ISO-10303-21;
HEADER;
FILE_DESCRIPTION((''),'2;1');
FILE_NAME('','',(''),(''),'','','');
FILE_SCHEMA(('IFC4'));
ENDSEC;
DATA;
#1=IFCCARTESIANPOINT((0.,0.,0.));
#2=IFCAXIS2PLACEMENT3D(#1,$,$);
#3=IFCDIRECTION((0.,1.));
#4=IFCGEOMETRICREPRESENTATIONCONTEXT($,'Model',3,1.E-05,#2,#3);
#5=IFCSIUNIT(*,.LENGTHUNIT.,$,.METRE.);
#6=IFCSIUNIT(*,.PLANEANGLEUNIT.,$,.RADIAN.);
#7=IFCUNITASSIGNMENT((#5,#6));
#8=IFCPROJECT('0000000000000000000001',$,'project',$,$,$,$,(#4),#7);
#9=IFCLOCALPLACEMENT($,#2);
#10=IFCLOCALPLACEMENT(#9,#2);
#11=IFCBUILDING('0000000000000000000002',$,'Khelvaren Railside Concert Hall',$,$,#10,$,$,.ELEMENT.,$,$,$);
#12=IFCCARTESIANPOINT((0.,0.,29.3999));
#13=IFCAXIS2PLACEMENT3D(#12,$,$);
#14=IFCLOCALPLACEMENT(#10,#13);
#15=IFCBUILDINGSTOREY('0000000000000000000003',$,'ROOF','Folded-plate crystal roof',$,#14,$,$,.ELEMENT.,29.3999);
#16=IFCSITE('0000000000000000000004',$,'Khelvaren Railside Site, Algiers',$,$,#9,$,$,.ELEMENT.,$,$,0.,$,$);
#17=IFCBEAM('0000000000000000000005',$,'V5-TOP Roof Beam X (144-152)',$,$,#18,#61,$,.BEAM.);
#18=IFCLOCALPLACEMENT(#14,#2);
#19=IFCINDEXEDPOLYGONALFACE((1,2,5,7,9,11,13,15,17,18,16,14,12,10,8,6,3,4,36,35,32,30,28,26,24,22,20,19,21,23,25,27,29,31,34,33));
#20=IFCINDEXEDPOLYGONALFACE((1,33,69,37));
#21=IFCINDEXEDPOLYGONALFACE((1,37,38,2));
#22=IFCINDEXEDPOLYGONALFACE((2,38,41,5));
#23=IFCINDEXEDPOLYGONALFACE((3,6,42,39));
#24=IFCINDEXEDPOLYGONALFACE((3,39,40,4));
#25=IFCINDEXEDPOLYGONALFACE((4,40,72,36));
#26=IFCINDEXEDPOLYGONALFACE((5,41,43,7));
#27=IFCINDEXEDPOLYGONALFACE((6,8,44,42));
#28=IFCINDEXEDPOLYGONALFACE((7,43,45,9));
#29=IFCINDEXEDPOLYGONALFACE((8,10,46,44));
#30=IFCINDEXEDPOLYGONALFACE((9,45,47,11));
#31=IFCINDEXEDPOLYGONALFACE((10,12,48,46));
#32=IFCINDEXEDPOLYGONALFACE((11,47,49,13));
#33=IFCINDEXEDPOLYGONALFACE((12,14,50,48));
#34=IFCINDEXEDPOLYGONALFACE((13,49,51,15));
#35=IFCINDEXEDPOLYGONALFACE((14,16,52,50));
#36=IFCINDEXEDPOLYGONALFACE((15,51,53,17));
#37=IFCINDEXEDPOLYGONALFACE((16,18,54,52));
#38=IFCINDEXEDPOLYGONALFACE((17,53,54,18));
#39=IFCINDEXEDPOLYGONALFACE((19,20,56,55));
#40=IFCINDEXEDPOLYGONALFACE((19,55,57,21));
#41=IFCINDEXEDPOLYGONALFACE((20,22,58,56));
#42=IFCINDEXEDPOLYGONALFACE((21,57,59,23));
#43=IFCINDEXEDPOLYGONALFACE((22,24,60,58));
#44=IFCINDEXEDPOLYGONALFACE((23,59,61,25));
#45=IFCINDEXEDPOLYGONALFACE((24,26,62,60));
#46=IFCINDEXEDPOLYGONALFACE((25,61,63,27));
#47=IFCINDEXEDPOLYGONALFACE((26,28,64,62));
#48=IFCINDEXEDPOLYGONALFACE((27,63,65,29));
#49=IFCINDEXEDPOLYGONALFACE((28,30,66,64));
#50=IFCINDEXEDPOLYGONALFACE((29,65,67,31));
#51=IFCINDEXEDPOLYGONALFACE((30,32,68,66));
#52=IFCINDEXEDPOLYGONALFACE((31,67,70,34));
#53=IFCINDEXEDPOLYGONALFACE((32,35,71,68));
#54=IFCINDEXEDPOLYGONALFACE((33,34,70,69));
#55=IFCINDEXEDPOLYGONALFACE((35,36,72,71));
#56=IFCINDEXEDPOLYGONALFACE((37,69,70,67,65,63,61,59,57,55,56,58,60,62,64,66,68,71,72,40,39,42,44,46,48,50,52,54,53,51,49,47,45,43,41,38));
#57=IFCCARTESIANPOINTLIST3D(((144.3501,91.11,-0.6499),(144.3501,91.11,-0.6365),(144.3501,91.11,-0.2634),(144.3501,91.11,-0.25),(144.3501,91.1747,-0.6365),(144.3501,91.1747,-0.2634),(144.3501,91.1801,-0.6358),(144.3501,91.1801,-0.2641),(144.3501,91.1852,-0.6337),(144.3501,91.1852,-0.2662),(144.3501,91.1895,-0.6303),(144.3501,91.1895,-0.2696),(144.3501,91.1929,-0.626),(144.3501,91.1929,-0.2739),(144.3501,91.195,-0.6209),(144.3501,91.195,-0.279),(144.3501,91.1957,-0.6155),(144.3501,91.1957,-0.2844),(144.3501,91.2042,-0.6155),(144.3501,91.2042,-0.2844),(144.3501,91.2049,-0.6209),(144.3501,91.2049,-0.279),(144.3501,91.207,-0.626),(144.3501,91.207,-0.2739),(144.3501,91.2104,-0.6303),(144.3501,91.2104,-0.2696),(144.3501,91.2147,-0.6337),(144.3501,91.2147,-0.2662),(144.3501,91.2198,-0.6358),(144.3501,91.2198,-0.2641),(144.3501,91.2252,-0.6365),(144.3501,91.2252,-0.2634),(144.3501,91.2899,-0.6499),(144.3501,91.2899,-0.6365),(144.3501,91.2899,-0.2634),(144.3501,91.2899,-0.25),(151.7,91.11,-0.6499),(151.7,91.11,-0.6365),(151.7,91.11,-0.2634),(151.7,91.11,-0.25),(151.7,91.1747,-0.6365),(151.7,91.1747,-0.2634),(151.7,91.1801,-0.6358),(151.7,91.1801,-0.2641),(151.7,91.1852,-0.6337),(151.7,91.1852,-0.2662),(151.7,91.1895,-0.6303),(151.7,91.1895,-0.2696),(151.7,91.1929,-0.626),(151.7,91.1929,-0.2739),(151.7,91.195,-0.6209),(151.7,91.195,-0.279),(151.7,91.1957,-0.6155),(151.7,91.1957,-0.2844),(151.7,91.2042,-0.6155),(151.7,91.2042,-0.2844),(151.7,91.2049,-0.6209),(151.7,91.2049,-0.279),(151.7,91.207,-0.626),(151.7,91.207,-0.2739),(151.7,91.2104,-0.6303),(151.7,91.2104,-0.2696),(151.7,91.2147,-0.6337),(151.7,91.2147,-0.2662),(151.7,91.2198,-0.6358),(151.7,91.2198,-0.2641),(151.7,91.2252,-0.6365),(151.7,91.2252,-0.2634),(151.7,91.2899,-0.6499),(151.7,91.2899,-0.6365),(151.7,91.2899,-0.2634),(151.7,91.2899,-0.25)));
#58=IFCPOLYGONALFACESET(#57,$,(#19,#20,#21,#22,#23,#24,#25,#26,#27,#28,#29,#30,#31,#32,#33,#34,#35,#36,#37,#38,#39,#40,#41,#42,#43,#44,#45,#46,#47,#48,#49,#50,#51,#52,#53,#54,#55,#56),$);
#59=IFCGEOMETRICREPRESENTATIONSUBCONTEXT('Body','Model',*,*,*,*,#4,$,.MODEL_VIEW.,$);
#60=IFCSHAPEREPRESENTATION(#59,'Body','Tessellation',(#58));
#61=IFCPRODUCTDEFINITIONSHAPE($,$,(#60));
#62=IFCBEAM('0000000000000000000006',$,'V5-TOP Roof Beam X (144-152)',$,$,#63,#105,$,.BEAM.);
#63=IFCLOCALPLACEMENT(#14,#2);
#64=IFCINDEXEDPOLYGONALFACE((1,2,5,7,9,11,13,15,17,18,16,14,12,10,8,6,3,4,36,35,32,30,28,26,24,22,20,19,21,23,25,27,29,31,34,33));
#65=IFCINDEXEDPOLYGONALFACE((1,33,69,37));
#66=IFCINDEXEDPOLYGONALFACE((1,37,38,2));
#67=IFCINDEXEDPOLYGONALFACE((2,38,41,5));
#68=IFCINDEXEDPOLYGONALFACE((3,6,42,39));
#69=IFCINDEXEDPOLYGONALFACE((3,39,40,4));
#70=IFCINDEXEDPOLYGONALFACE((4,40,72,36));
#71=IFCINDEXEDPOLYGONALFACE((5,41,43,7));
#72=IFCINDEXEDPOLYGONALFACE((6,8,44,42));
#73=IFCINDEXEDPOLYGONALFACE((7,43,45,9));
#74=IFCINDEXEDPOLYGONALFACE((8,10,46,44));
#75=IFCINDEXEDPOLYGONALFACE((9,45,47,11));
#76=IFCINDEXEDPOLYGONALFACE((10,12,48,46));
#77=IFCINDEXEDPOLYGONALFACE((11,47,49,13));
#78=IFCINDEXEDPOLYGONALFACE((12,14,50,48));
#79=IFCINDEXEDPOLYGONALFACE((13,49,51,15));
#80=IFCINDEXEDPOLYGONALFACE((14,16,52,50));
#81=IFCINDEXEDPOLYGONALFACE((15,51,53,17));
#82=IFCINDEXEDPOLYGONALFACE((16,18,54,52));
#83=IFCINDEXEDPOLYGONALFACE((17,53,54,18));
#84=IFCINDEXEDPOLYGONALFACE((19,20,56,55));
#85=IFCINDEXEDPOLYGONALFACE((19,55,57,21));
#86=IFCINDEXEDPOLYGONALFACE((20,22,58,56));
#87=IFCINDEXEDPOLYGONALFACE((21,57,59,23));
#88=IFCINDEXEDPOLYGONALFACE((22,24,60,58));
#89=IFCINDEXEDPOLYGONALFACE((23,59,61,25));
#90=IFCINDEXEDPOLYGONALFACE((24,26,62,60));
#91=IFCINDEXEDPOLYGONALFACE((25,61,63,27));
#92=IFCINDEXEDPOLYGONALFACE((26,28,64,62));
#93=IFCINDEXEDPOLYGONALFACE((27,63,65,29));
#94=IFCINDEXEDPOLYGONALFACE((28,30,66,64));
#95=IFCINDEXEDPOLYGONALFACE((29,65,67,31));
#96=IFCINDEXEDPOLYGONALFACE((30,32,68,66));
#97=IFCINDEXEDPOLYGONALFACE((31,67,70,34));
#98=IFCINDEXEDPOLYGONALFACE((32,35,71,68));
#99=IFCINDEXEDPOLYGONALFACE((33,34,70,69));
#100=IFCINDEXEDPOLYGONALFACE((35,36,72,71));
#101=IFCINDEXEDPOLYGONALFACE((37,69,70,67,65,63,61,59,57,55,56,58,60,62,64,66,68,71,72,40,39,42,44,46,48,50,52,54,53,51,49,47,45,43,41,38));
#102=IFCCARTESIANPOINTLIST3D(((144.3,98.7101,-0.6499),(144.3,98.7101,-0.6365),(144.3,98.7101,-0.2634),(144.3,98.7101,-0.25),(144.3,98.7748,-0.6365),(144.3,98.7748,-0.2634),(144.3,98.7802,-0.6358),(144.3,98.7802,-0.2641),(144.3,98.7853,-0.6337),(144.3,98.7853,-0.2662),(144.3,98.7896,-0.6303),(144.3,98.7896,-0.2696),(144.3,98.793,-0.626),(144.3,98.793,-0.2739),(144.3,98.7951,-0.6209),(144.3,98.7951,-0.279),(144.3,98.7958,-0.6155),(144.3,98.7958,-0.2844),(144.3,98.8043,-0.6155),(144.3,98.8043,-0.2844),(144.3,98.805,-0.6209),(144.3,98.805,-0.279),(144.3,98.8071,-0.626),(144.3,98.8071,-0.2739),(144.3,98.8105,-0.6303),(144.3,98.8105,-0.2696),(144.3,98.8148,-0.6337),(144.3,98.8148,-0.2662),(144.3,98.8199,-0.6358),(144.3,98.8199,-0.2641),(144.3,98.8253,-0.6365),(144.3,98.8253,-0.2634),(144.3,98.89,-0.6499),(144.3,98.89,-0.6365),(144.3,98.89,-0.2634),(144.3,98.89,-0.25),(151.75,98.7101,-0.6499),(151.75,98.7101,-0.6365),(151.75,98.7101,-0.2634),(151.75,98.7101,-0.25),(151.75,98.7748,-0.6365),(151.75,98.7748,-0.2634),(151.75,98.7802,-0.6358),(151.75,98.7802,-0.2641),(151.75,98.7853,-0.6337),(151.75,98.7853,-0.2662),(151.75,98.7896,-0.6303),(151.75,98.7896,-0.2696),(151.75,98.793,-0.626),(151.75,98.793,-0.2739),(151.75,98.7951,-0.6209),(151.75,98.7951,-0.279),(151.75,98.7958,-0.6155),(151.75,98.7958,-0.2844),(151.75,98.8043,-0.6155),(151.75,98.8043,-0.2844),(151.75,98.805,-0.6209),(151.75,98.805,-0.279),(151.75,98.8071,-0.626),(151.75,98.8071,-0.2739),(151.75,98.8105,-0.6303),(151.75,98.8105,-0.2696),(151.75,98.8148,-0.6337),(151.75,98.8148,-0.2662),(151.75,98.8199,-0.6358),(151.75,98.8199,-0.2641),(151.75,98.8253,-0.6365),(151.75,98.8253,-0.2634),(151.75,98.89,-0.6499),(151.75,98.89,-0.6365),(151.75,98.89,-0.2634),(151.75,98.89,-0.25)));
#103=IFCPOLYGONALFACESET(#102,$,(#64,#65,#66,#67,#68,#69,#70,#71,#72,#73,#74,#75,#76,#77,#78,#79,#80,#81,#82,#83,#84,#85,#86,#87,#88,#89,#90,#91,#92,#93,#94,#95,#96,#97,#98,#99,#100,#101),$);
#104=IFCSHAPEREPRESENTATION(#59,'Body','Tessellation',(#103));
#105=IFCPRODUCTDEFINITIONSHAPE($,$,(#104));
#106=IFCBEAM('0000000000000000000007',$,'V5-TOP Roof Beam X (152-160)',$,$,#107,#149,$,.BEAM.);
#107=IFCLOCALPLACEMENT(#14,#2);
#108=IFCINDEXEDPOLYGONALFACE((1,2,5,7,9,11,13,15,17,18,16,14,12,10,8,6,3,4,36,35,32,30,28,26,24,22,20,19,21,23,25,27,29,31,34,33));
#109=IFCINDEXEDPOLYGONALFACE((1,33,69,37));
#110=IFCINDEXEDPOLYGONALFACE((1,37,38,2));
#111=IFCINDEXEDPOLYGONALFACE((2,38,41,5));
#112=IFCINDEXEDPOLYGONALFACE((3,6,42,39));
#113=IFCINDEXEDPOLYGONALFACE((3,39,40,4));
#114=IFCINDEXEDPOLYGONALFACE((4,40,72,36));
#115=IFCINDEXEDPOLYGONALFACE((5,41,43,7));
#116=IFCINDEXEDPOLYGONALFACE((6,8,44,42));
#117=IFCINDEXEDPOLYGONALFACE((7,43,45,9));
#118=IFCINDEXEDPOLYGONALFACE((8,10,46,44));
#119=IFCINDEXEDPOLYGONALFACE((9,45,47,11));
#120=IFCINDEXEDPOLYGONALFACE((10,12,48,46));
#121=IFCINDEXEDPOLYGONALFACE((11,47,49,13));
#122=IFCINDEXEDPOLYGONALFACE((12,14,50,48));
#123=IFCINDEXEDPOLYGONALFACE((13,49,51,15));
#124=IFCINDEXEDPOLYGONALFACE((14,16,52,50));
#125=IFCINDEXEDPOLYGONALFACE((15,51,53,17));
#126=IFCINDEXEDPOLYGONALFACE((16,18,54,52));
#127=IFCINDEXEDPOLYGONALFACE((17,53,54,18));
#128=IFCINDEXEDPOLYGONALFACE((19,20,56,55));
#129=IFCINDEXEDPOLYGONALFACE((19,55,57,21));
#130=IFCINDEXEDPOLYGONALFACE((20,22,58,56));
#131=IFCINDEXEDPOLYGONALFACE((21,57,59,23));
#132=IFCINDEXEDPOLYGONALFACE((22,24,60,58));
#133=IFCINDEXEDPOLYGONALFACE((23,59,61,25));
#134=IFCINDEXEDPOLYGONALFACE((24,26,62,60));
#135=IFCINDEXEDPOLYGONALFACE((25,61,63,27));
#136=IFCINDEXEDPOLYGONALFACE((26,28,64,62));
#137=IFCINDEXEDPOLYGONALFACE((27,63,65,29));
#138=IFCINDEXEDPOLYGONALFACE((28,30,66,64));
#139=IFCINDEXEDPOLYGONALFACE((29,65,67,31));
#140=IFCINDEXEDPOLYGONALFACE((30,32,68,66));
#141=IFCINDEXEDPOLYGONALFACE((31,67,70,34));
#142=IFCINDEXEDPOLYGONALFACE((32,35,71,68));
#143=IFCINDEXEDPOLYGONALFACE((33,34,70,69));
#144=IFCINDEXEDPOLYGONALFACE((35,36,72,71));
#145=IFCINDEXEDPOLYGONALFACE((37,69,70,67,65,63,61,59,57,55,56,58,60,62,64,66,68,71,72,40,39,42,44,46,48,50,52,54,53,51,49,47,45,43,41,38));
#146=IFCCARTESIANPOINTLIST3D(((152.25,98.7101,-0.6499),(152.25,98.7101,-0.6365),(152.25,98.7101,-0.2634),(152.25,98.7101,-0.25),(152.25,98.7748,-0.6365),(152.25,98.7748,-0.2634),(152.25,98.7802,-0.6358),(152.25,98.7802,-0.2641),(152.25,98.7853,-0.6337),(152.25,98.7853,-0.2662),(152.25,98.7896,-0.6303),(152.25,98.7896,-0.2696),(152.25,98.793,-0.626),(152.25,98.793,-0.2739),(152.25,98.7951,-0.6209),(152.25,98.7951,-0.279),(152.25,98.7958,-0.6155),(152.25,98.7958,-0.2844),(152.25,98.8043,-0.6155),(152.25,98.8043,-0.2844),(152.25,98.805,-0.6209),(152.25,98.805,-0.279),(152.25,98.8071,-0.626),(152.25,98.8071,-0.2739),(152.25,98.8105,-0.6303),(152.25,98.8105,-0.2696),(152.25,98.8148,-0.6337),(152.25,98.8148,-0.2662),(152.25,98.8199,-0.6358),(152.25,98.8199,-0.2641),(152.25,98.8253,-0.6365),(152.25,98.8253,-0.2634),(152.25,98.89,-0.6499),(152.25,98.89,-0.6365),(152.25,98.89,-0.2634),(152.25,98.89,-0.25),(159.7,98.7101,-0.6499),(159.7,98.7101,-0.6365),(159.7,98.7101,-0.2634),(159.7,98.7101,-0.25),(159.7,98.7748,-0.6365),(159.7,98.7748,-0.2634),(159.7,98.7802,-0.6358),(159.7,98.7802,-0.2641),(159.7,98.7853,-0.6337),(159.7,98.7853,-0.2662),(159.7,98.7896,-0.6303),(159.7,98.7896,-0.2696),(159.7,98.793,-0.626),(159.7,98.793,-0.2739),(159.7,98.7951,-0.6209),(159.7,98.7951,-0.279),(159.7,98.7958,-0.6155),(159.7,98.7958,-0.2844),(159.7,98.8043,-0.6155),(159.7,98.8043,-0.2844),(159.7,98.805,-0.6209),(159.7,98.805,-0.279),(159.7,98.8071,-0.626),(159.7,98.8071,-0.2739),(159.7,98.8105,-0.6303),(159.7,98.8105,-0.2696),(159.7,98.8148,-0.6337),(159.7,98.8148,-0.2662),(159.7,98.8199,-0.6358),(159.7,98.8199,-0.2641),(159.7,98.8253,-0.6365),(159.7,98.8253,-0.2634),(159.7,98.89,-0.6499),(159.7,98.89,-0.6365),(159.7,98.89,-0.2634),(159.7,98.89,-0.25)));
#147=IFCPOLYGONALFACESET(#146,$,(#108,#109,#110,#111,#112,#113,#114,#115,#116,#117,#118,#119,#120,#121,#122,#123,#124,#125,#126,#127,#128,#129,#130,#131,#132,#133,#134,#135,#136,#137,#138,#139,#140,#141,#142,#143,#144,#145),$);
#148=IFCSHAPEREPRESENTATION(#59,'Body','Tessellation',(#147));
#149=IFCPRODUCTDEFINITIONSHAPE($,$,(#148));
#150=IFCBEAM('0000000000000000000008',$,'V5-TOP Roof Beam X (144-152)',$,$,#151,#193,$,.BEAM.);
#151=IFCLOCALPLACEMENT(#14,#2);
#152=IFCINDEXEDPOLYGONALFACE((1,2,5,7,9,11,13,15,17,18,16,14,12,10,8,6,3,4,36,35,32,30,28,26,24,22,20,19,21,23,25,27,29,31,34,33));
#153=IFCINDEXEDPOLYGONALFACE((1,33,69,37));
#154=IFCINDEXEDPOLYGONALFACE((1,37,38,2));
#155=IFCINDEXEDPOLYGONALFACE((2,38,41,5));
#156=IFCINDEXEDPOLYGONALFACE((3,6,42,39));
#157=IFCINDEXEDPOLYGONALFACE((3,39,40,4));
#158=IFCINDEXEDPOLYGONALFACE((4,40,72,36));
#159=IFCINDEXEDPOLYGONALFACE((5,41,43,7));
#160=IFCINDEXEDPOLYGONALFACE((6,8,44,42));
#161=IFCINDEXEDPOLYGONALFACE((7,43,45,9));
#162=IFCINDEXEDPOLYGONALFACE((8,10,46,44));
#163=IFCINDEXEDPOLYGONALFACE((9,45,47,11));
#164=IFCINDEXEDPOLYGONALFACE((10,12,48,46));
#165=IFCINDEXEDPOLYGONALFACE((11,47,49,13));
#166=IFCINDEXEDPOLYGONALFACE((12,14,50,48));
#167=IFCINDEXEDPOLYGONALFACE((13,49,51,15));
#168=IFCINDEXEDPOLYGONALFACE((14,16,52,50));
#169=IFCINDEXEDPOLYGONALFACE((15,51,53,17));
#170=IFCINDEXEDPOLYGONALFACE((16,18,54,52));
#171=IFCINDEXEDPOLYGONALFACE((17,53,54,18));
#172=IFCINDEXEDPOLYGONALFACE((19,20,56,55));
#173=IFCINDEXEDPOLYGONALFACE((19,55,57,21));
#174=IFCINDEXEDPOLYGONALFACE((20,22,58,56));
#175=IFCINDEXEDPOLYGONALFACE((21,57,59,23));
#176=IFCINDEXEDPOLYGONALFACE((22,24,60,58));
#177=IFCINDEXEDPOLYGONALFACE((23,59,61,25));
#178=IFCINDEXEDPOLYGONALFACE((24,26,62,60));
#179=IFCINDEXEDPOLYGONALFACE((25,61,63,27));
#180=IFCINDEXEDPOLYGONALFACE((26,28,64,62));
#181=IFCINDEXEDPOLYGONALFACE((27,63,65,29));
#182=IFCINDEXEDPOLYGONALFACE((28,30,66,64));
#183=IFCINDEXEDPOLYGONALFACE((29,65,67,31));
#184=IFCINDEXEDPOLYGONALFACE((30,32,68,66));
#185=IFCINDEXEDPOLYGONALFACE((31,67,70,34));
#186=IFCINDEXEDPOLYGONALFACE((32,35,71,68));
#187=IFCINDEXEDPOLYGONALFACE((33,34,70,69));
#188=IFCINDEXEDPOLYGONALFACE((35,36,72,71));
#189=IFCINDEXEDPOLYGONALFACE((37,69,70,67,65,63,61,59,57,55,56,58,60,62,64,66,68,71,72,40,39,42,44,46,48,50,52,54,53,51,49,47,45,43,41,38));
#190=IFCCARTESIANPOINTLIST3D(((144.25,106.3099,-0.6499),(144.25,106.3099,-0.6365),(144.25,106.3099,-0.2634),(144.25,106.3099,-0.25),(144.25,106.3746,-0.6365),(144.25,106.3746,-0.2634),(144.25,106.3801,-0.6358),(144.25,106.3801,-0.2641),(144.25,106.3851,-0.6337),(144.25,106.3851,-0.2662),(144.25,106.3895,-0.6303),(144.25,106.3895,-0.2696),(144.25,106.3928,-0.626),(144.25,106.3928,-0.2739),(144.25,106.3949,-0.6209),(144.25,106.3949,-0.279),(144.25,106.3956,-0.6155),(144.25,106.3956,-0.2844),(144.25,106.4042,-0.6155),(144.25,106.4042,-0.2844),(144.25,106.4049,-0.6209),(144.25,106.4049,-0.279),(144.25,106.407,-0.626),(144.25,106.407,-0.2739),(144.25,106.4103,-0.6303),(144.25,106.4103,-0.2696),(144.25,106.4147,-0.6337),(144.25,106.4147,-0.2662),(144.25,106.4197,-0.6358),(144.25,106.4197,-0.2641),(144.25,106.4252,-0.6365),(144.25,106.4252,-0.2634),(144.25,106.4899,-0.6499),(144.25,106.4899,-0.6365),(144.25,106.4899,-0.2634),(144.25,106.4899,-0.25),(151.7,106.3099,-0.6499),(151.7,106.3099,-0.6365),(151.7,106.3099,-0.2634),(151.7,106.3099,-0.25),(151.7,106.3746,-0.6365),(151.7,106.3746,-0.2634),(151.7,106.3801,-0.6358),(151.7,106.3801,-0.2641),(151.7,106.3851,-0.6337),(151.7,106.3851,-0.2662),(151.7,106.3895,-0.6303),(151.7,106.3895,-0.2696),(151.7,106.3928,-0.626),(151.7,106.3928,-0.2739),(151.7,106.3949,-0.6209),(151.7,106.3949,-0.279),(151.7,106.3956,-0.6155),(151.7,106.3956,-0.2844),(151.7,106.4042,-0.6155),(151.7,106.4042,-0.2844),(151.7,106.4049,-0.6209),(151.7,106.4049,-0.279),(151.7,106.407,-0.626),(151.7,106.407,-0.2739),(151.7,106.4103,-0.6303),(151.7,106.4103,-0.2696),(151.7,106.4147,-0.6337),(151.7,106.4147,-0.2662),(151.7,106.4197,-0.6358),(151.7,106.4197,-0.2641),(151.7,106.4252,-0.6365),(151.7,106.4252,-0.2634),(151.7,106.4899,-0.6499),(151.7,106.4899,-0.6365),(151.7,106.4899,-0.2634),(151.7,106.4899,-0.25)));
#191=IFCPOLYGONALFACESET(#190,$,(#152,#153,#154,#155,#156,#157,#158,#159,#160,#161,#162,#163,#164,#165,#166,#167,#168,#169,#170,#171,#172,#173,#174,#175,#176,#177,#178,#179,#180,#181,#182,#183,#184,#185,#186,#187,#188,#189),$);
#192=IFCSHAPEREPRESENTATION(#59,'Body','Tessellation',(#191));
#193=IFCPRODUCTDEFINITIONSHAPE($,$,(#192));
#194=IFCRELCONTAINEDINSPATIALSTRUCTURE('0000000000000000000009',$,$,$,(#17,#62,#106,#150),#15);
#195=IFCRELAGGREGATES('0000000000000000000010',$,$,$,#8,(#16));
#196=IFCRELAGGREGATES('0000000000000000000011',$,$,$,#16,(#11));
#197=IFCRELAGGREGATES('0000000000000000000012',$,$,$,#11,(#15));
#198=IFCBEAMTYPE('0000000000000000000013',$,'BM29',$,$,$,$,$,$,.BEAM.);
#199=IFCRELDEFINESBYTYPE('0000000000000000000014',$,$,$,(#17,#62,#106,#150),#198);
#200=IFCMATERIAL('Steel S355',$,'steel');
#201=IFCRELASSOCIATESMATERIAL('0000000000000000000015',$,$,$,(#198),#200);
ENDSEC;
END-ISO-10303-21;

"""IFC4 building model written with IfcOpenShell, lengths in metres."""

from ifc_helpers import new_model, si_unit, direction, frame, origin, origin_2d, place, context, subcontext, project, spatial, i_section, extrude, material, material_profile, profile_set, type_object, element, save


model = new_model("IFC4")

# Units and contexts
model_context = context("Model", 3, precision=1e-05, world=origin(), true_north=direction((0.0, 1.0)))
body_context = subcontext(model_context, "Body", "Model", "MODEL_VIEW")
ifc_project = project(units=[si_unit("LENGTHUNIT", "METRE"), si_unit("PLANEANGLEUNIT", "RADIAN")], contexts=[model_context])

# Site, building, storey
site_placement = place(None, origin())
site = spatial("IfcSite", under=ifc_project, at=site_placement, Name="Khelvaren Railside Site, Algiers", CompositionType="ELEMENT", RefElevation=0.0)
building_placement = place(site_placement, origin())
building = spatial("IfcBuilding", under=site, at=building_placement, Name="Khelvaren Railside Concert Hall", CompositionType="ELEMENT")
storey_placement = place(building_placement, frame((0.0, 0.0, 29.3999)))
storey = spatial("IfcBuildingStorey", under=building, at=storey_placement, Name="ROOF", Description="Folded-plate crystal roof", CompositionType="ELEMENT", Elevation=29.3999)

# Beams
ifc_material_1 = material(Name="Steel S355", Category="steel")
ifc_material_profile_1 = material_profile(ifc_material_1, i_section(OverallWidth=0.1799, OverallDepth=0.3999, WebThickness=0.0085, FlangeThickness=0.0134, FilletRadius=0.021, at=origin_2d()), Name="IPE 400")
ifc_profile_set_1 = profile_set([ifc_material_profile_1], Name="Steel S355")
beam_type = type_object("IfcBeamType", Name="BM29", PredefinedType="BEAM", material=ifc_profile_set_1)
beam_1_placement = place(storey_placement, frame((144.3501, 91.2, -0.45), z_axis=(1.0, 0.0, 0.0), x_axis=(0.0, 1.0, 0.0)))
element("IfcBeam", 1, at=beam_1_placement, inside=storey, type_object=beam_type, Name="V5-TOP Roof Beam X (144-152)", PredefinedType="BEAM", context=body_context, shape_type="SweptSolid", body=[
    extrude(i_section(OverallWidth=0.1799, OverallDepth=0.3999, WebThickness=0.0085, FlangeThickness=0.0134, FilletRadius=0.021, at=origin_2d()), origin(), (0.0, 0.0, 1.0), 7.3499),
])
for number, where, z_axis, x_axis, name in (
    (2, (144.3, 98.8, -0.45), (1.0, 0.0, 0.0), (0.0, 1.0, 0.0), "V5-TOP Roof Beam X (144-152)"),
    (3, (152.25, 98.8, -0.45), (1.0, 0.0, 0.0), (0.0, 1.0, 0.0), "V5-TOP Roof Beam X (152-160)"),
    (4, (144.25, 106.3999, -0.45), (1.0, 0.0, 0.0), (0.0, 1.0, 0.0), "V5-TOP Roof Beam X (144-152)"),
):
    element("IfcBeam", number, at=place(storey_placement, frame(where, z_axis=z_axis, x_axis=x_axis)), inside=storey, type_object=beam_type, Name=name, PredefinedType="BEAM", context=body_context, shape_type="SweptSolid", body=[
        extrude(i_section(OverallWidth=0.1799, OverallDepth=0.3999, WebThickness=0.0085, FlangeThickness=0.0134, FilletRadius=0.021, at=origin_2d()), origin(), (0.0, 0.0, 1.0), 7.45),
    ])

save(model, "model.ifc")
